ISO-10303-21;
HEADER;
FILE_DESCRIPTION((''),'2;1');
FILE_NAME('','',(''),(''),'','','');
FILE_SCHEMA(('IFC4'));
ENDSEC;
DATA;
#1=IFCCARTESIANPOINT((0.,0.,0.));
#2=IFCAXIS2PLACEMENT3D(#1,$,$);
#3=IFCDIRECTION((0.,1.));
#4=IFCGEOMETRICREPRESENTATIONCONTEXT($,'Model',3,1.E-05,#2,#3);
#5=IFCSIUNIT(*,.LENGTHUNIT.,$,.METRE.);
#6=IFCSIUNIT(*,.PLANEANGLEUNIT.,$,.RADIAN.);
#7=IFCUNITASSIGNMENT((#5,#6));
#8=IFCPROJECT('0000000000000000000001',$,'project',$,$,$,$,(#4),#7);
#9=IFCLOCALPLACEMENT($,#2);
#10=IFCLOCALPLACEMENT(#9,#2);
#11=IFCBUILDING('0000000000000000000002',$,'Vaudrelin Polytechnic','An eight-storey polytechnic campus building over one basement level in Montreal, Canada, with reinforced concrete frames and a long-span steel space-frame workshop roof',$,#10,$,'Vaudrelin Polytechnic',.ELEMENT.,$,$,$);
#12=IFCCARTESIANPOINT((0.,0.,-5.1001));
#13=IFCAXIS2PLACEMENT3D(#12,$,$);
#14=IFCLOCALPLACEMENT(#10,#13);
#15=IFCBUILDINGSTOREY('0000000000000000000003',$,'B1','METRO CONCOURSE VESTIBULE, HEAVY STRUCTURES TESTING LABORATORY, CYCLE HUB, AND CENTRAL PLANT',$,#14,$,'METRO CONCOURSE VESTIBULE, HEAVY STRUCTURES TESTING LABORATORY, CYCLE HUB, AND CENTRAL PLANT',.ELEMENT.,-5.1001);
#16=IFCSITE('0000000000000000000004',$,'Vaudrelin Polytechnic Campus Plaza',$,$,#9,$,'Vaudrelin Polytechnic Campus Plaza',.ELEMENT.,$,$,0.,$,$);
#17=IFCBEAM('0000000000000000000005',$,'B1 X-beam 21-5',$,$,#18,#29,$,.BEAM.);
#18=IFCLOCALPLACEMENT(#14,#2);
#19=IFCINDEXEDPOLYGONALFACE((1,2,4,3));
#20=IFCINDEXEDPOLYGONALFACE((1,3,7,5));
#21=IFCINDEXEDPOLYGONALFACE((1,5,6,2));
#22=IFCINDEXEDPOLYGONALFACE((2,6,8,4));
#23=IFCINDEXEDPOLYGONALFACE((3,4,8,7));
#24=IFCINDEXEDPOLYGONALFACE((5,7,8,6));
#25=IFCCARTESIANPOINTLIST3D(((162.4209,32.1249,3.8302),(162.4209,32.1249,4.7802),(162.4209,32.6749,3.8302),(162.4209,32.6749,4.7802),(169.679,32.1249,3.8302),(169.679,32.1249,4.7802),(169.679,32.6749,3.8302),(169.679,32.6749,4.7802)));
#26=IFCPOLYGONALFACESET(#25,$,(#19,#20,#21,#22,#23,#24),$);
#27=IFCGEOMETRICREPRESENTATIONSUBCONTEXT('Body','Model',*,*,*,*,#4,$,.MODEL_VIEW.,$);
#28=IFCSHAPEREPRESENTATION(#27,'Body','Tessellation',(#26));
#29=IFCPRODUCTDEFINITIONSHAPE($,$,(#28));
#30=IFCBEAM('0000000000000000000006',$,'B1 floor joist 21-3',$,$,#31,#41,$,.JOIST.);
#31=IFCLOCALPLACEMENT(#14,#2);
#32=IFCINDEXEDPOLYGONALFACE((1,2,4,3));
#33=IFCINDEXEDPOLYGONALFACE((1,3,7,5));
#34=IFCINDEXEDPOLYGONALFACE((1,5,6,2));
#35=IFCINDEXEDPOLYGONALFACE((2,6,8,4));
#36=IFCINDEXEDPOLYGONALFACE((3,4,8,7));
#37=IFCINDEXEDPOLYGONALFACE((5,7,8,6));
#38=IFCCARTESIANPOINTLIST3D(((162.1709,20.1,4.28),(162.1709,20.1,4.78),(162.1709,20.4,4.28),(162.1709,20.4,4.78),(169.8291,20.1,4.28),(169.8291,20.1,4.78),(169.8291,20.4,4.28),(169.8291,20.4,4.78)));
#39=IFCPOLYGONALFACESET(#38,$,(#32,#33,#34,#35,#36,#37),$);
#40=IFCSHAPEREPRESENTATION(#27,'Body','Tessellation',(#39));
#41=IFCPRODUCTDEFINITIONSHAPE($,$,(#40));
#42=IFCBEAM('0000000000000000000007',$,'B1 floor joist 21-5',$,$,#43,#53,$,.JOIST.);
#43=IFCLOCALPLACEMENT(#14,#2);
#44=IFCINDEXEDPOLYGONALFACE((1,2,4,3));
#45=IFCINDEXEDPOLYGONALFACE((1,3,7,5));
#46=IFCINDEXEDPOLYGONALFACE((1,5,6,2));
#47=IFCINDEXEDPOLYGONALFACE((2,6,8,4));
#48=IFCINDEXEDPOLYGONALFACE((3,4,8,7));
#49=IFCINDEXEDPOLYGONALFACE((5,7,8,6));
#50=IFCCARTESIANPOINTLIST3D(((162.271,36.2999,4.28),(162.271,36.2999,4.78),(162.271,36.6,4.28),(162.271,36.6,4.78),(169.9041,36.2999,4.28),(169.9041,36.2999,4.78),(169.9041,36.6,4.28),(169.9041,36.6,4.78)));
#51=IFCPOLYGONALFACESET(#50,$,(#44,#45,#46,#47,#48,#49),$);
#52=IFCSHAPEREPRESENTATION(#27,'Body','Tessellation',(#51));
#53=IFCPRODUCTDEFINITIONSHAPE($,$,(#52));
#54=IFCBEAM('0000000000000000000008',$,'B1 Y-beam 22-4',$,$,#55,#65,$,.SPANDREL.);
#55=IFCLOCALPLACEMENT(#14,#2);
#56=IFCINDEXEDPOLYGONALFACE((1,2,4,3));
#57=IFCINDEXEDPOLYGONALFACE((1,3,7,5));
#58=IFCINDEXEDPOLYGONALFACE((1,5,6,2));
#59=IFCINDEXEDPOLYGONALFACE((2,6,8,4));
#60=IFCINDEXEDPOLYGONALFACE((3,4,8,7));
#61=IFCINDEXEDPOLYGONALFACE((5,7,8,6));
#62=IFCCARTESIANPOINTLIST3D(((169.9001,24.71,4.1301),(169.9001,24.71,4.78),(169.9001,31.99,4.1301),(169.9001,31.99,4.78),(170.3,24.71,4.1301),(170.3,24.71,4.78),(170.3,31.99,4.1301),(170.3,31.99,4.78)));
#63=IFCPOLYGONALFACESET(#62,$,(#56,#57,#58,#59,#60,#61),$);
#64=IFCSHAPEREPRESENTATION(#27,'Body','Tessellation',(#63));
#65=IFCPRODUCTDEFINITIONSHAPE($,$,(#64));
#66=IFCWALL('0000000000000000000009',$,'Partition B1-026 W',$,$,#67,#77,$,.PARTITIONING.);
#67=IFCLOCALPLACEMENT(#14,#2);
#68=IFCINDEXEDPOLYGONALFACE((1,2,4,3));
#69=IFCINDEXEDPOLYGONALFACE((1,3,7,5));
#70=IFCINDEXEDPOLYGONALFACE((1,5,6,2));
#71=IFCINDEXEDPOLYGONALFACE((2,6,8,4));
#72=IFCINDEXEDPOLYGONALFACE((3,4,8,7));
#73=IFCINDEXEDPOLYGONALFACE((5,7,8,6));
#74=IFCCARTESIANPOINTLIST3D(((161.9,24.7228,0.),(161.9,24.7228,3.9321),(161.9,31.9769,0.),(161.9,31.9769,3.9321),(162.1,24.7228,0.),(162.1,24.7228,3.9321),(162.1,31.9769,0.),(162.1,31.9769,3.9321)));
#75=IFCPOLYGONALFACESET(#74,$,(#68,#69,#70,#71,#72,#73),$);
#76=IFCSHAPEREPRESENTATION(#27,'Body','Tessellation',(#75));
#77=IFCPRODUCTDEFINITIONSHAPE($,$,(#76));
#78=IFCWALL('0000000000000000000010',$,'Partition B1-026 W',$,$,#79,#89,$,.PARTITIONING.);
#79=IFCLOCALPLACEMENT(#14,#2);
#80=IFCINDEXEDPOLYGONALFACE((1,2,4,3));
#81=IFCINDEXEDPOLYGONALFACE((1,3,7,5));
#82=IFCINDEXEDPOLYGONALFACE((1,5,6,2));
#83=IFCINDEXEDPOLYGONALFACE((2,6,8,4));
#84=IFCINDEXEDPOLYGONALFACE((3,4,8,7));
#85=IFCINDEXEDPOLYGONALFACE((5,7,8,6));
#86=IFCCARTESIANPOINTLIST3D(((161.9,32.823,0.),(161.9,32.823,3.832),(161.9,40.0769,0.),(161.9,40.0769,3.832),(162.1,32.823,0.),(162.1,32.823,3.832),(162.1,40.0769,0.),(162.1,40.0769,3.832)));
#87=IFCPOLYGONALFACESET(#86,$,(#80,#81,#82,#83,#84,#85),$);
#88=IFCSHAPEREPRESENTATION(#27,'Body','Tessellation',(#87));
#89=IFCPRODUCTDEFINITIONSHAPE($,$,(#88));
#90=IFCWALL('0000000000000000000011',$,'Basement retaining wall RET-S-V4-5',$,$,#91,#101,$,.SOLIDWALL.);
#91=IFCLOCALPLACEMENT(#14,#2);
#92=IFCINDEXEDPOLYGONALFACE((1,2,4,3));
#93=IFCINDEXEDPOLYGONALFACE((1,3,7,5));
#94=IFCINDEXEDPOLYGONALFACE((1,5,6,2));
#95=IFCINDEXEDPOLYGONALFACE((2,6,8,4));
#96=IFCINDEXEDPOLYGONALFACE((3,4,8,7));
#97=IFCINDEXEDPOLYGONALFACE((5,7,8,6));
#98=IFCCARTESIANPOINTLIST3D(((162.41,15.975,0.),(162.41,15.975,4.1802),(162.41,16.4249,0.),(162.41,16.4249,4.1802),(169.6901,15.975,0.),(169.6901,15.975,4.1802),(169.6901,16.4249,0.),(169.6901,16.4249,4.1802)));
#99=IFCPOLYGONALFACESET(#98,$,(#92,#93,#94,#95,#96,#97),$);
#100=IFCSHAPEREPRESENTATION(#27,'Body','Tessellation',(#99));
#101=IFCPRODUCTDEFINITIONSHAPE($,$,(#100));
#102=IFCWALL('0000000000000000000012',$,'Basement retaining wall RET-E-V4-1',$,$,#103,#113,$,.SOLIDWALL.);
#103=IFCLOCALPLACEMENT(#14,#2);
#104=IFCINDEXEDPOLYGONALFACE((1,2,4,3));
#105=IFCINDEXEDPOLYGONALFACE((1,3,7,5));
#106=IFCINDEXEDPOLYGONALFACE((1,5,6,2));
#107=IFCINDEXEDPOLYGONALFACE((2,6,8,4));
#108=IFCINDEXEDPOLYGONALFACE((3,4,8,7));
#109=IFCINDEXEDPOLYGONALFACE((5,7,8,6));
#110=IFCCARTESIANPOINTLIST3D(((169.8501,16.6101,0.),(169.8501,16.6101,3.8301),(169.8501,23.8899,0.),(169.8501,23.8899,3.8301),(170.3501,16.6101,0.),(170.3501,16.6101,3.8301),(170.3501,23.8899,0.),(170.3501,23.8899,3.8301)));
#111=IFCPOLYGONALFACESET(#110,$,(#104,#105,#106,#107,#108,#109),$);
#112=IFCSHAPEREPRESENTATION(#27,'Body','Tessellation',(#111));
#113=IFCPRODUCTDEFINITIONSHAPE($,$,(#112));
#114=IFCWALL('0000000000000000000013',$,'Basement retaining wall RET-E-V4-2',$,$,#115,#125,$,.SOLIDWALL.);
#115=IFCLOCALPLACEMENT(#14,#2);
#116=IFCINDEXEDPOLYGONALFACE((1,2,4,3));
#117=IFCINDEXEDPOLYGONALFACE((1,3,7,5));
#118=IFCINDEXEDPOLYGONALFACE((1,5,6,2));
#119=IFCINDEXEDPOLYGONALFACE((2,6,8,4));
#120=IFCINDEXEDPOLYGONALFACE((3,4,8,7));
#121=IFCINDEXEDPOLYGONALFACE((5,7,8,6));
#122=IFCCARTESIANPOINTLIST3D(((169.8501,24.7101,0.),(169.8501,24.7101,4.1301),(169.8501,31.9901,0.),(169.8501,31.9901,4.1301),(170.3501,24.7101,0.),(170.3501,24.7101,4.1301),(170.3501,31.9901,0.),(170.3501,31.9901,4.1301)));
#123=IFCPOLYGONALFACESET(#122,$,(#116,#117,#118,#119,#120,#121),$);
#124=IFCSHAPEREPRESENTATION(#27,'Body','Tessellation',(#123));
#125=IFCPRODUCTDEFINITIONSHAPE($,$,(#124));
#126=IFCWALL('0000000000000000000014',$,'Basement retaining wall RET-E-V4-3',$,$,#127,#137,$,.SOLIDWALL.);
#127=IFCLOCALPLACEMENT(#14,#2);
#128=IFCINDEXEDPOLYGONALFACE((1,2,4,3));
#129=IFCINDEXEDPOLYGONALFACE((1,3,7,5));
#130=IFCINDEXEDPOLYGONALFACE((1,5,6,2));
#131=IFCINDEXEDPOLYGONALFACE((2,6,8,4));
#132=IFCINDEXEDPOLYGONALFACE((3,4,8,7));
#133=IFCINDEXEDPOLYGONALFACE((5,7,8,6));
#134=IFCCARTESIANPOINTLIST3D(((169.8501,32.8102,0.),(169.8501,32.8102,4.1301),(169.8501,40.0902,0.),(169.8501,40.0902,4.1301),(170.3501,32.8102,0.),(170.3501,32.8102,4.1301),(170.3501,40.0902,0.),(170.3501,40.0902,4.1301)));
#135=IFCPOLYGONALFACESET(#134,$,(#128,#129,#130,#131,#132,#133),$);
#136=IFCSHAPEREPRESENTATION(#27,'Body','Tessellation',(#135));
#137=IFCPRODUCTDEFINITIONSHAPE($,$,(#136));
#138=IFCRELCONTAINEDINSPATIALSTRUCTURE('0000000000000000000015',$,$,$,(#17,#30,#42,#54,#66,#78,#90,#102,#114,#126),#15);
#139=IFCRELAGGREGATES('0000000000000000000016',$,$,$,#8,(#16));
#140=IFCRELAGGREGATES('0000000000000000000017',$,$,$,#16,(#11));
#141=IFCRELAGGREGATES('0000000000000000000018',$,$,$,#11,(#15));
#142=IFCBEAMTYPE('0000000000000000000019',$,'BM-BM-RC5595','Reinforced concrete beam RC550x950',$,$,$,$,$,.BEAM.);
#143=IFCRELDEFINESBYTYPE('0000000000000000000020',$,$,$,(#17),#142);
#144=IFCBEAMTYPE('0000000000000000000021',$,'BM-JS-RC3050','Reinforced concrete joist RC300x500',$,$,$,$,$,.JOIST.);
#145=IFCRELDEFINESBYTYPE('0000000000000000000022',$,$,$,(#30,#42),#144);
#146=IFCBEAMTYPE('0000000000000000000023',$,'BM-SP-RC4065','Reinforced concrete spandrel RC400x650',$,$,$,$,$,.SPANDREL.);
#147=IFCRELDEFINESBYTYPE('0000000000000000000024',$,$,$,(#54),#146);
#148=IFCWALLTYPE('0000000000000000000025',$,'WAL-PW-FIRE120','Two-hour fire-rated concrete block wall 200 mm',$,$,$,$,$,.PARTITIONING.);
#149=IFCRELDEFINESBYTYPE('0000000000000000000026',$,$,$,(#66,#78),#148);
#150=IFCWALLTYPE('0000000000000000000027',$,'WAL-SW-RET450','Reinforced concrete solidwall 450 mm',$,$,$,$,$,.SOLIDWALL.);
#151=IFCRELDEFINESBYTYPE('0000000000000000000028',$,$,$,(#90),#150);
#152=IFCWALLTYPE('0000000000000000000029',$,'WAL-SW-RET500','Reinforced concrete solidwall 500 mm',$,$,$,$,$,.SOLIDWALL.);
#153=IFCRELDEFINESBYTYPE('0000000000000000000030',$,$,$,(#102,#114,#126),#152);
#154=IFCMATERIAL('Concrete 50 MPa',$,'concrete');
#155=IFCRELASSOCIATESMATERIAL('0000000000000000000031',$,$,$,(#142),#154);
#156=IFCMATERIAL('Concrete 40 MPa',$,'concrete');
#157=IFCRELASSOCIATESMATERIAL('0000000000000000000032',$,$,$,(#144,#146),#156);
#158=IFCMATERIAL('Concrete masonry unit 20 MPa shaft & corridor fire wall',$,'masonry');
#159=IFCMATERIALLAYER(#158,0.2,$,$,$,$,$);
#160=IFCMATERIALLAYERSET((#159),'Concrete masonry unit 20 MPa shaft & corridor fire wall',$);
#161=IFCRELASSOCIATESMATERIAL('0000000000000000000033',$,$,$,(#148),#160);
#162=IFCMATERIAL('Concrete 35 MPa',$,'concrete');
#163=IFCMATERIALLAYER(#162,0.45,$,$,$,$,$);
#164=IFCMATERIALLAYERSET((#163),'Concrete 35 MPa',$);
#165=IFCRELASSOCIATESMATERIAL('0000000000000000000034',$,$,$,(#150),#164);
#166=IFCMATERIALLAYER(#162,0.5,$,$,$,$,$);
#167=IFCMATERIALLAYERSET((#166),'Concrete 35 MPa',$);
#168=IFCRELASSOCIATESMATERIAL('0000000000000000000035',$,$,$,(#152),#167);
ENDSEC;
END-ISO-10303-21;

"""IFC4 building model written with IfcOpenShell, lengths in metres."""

from ifc_helpers import new_model, si_unit, direction, frame, frame_2d, origin, origin_2d, place, context, subcontext, project, spatial, rectangle, extrude, material, layer, layer_set, material_profile, profile_set, type_object, element, save


model = new_model("IFC4")

# Units and contexts
model_context = context("Model", 3, precision=1e-05, world=origin(), true_north=direction((0.0, 1.0)))
body_context = subcontext(model_context, "Body", "Model", "MODEL_VIEW")
ifc_project = project(units=[si_unit("LENGTHUNIT", "METRE"), si_unit("PLANEANGLEUNIT", "RADIAN")], contexts=[model_context])

# Site, building, storey
site_placement = place(None, origin())
site = spatial("IfcSite", under=ifc_project, at=site_placement, Name="Vaudrelin Polytechnic Campus Plaza", LongName="Vaudrelin Polytechnic Campus Plaza", CompositionType="ELEMENT", RefElevation=0.0)
building_placement = place(site_placement, origin())
building = spatial("IfcBuilding", under=site, at=building_placement, Name="Vaudrelin Polytechnic", Description="An eight-storey polytechnic campus building over one basement level in Montreal, Canada, with reinforced concrete frames and a long-span steel space-frame workshop roof", LongName="Vaudrelin Polytechnic", CompositionType="ELEMENT")
storey_placement = place(building_placement, frame((0.0, 0.0, -5.1001)))
storey = spatial("IfcBuildingStorey", under=building, at=storey_placement, Name="B1", Description="METRO CONCOURSE VESTIBULE, HEAVY STRUCTURES TESTING LABORATORY, CYCLE HUB, AND CENTRAL PLANT", LongName="METRO CONCOURSE VESTIBULE, HEAVY STRUCTURES TESTING LABORATORY, CYCLE HUB, AND CENTRAL PLANT", CompositionType="ELEMENT", Elevation=-5.1001)

# Shared definitions
ifc_material_1 = material(Name="Concrete 40 MPa", Category="concrete")

# Shared definitions
ifc_material_2 = material(Name="Concrete 50 MPa", Category="concrete")

# Beams
ifc_material_profile_1 = material_profile(ifc_material_2, rectangle(XDim=0.55, YDim=0.95, at=origin_2d()), Name="RC550x950")
ifc_profile_set_1 = profile_set([ifc_material_profile_1], Name="Concrete 50 MPa")
beam_type_1 = type_object("IfcBeamType", Name="BM-BM-RC5595", Description="Reinforced concrete beam RC550x950", PredefinedType="BEAM", material=ifc_profile_set_1)
beam_1_placement = place(storey_placement, frame((162.4209, 32.3999, 4.3052), z_axis=(1.0, 0.0, 0.0), x_axis=(0.0, 1.0, 0.0)))
element("IfcBeam", 1, at=beam_1_placement, inside=storey, type_object=beam_type_1, Name="B1 X-beam 21-5", PredefinedType="BEAM", context=body_context, shape_type="SweptSolid", body=[
    extrude(rectangle(XDim=0.55, YDim=0.95, at=origin_2d()), origin(), (0.0, 0.0, 1.0), 7.2581),
])
ifc_material_profile_2 = material_profile(ifc_material_1, rectangle(XDim=0.3, YDim=0.5, at=origin_2d()), Name="RC300x500")
ifc_profile_set_2 = profile_set([ifc_material_profile_2], Name="Concrete 40 MPa")
beam_type_2 = type_object("IfcBeamType", Name="BM-JS-RC3050", Description="Reinforced concrete joist RC300x500", PredefinedType="JOIST", material=ifc_profile_set_2)
beam_2_placement = place(storey_placement, frame((162.1709, 20.25, 4.53), z_axis=(1.0, 0.0, 0.0), x_axis=(0.0, 1.0, 0.0)))
element("IfcBeam", 2, at=beam_2_placement, inside=storey, type_object=beam_type_2, Name="B1 floor joist 21-3", PredefinedType="JOIST", context=body_context, shape_type="SweptSolid", body=[
    extrude(rectangle(XDim=0.3, YDim=0.5, at=origin_2d()), origin(), (0.0, 0.0, 1.0), 7.6582),
])
beam_3_placement = place(storey_placement, frame((162.271, 36.45, 4.53), z_axis=(1.0, 0.0, 0.0), x_axis=(0.0, 1.0, 0.0)))
element("IfcBeam", 3, at=beam_3_placement, inside=storey, type_object=beam_type_2, Name="B1 floor joist 21-5", PredefinedType="JOIST", context=body_context, shape_type="SweptSolid", body=[
    extrude(rectangle(XDim=0.3, YDim=0.5, at=origin_2d()), origin(), (0.0, 0.0, 1.0), 7.6331),
])
ifc_material_profile_3 = material_profile(ifc_material_1, rectangle(XDim=0.3999, YDim=0.6499, at=origin_2d()), Name="RC400x650")
ifc_profile_set_3 = profile_set([ifc_material_profile_3], Name="Concrete 40 MPa")
beam_type_3 = type_object("IfcBeamType", Name="BM-SP-RC4065", Description="Reinforced concrete spandrel RC400x650", PredefinedType="SPANDREL", material=ifc_profile_set_3)
beam_4_placement = place(storey_placement, frame((170.1001, 24.71, 4.4551), z_axis=(0.0, 1.0, 0.0), x_axis=(-1.0, 0.0, 0.0)))
element("IfcBeam", 4, at=beam_4_placement, inside=storey, type_object=beam_type_3, Name="B1 Y-beam 22-4", PredefinedType="SPANDREL", context=body_context, shape_type="SweptSolid", body=[
    extrude(rectangle(XDim=0.3999, YDim=0.6499, at=origin_2d()), origin(), (0.0, 0.0, 1.0), 7.28),
])

# Walls
ifc_material_3 = material(Name="Concrete masonry unit 20 MPa shaft & corridor fire wall", Category="masonry")
ifc_layer_1 = layer(ifc_material_3, 0.2)
ifc_layer_set_1 = layer_set([ifc_layer_1], Name="Concrete masonry unit 20 MPa shaft & corridor fire wall")
wall_type_1 = type_object("IfcWallType", Name="WAL-PW-FIRE120", Description="Two-hour fire-rated concrete block wall 200 mm", PredefinedType="PARTITIONING", material=ifc_layer_set_1)
wall_1_placement = place(storey_placement, frame((162.0, 24.7229, 0.0), z_axis=(0.0, 0.0, 1.0), x_axis=(0.0, 1.0, 0.0)))
element("IfcWall", 5, at=wall_1_placement, inside=storey, type_object=wall_type_1, Name="Partition B1-026 W", PredefinedType="PARTITIONING", context=body_context, shape_type="SweptSolid", body=[
    extrude(rectangle(XDim=7.2542, YDim=0.2, at=frame_2d((3.627, 0.0))), origin(), (0.0, 0.0, 1.0), 3.9321),
])
wall_2_placement = place(storey_placement, frame((162.0, 32.823, 0.0), z_axis=(0.0, 0.0, 1.0), x_axis=(0.0, 1.0, 0.0)))
element("IfcWall", 6, at=wall_2_placement, inside=storey, type_object=wall_type_1, Name="Partition B1-026 W", PredefinedType="PARTITIONING", context=body_context, shape_type="SweptSolid", body=[
    extrude(rectangle(XDim=7.2539, YDim=0.2, at=frame_2d((3.627, 0.0))), origin(), (0.0, 0.0, 1.0), 3.832),
])
ifc_material_4 = material(Name="Concrete 35 MPa", Category="concrete")
ifc_layer_2 = layer(ifc_material_4, 0.45)
ifc_layer_set_2 = layer_set([ifc_layer_2], Name="Concrete 35 MPa")
wall_type_2 = type_object("IfcWallType", Name="WAL-SW-RET450", Description="Reinforced concrete solidwall 450 mm", PredefinedType="SOLIDWALL", material=ifc_layer_set_2)
wall_3_placement = place(storey_placement, frame((162.4099, 16.2, 0.0), z_axis=(0.0, 0.0, 1.0), x_axis=(1.0, 0.0, 0.0)))
element("IfcWall", 7, at=wall_3_placement, inside=storey, type_object=wall_type_2, Name="Basement retaining wall RET-S-V4-5", PredefinedType="SOLIDWALL", context=body_context, shape_type="SweptSolid", body=[
    extrude(rectangle(XDim=7.28, YDim=0.45, at=frame_2d((3.6401, 0.0))), origin(), (0.0, 0.0, 1.0), 4.1802),
])
ifc_layer_3 = layer(ifc_material_4, 0.5)
ifc_layer_set_3 = layer_set([ifc_layer_3], Name="Concrete 35 MPa")
wall_type_3 = type_object("IfcWallType", Name="WAL-SW-RET500", Description="Reinforced concrete solidwall 500 mm", PredefinedType="SOLIDWALL", material=ifc_layer_set_3)
wall_4_placement = place(storey_placement, frame((170.1001, 16.6101, 0.0), z_axis=(0.0, 0.0, 1.0), x_axis=(0.0, 1.0, 0.0)))
element("IfcWall", 8, at=wall_4_placement, inside=storey, type_object=wall_type_3, Name="Basement retaining wall RET-E-V4-1", PredefinedType="SOLIDWALL", context=body_context, shape_type="SweptSolid", body=[
    extrude(rectangle(XDim=7.2798, YDim=0.5, at=frame_2d((3.6399, 0.0))), origin(), (0.0, 0.0, 1.0), 3.8301),
])
for number, where, z_axis, x_axis, name in (
    (9, (170.1001, 24.71, 0.0), (0.0, 0.0, 1.0), (0.0, 1.0, 0.0), "Basement retaining wall RET-E-V4-2"),
    (10, (170.1001, 32.8101, 0.0), (0.0, 0.0, 1.0), (0.0, 1.0, 0.0), "Basement retaining wall RET-E-V4-3"),
):
    element("IfcWall", number, at=place(storey_placement, frame(where, z_axis=z_axis, x_axis=x_axis)), inside=storey, type_object=wall_type_3, Name=name, PredefinedType="SOLIDWALL", context=body_context, shape_type="SweptSolid", body=[
        extrude(rectangle(XDim=7.28, YDim=0.5, at=frame_2d((3.6401, 0.0))), origin(), (0.0, 0.0, 1.0), 4.1301),
    ])

save(model, "model.ifc")
